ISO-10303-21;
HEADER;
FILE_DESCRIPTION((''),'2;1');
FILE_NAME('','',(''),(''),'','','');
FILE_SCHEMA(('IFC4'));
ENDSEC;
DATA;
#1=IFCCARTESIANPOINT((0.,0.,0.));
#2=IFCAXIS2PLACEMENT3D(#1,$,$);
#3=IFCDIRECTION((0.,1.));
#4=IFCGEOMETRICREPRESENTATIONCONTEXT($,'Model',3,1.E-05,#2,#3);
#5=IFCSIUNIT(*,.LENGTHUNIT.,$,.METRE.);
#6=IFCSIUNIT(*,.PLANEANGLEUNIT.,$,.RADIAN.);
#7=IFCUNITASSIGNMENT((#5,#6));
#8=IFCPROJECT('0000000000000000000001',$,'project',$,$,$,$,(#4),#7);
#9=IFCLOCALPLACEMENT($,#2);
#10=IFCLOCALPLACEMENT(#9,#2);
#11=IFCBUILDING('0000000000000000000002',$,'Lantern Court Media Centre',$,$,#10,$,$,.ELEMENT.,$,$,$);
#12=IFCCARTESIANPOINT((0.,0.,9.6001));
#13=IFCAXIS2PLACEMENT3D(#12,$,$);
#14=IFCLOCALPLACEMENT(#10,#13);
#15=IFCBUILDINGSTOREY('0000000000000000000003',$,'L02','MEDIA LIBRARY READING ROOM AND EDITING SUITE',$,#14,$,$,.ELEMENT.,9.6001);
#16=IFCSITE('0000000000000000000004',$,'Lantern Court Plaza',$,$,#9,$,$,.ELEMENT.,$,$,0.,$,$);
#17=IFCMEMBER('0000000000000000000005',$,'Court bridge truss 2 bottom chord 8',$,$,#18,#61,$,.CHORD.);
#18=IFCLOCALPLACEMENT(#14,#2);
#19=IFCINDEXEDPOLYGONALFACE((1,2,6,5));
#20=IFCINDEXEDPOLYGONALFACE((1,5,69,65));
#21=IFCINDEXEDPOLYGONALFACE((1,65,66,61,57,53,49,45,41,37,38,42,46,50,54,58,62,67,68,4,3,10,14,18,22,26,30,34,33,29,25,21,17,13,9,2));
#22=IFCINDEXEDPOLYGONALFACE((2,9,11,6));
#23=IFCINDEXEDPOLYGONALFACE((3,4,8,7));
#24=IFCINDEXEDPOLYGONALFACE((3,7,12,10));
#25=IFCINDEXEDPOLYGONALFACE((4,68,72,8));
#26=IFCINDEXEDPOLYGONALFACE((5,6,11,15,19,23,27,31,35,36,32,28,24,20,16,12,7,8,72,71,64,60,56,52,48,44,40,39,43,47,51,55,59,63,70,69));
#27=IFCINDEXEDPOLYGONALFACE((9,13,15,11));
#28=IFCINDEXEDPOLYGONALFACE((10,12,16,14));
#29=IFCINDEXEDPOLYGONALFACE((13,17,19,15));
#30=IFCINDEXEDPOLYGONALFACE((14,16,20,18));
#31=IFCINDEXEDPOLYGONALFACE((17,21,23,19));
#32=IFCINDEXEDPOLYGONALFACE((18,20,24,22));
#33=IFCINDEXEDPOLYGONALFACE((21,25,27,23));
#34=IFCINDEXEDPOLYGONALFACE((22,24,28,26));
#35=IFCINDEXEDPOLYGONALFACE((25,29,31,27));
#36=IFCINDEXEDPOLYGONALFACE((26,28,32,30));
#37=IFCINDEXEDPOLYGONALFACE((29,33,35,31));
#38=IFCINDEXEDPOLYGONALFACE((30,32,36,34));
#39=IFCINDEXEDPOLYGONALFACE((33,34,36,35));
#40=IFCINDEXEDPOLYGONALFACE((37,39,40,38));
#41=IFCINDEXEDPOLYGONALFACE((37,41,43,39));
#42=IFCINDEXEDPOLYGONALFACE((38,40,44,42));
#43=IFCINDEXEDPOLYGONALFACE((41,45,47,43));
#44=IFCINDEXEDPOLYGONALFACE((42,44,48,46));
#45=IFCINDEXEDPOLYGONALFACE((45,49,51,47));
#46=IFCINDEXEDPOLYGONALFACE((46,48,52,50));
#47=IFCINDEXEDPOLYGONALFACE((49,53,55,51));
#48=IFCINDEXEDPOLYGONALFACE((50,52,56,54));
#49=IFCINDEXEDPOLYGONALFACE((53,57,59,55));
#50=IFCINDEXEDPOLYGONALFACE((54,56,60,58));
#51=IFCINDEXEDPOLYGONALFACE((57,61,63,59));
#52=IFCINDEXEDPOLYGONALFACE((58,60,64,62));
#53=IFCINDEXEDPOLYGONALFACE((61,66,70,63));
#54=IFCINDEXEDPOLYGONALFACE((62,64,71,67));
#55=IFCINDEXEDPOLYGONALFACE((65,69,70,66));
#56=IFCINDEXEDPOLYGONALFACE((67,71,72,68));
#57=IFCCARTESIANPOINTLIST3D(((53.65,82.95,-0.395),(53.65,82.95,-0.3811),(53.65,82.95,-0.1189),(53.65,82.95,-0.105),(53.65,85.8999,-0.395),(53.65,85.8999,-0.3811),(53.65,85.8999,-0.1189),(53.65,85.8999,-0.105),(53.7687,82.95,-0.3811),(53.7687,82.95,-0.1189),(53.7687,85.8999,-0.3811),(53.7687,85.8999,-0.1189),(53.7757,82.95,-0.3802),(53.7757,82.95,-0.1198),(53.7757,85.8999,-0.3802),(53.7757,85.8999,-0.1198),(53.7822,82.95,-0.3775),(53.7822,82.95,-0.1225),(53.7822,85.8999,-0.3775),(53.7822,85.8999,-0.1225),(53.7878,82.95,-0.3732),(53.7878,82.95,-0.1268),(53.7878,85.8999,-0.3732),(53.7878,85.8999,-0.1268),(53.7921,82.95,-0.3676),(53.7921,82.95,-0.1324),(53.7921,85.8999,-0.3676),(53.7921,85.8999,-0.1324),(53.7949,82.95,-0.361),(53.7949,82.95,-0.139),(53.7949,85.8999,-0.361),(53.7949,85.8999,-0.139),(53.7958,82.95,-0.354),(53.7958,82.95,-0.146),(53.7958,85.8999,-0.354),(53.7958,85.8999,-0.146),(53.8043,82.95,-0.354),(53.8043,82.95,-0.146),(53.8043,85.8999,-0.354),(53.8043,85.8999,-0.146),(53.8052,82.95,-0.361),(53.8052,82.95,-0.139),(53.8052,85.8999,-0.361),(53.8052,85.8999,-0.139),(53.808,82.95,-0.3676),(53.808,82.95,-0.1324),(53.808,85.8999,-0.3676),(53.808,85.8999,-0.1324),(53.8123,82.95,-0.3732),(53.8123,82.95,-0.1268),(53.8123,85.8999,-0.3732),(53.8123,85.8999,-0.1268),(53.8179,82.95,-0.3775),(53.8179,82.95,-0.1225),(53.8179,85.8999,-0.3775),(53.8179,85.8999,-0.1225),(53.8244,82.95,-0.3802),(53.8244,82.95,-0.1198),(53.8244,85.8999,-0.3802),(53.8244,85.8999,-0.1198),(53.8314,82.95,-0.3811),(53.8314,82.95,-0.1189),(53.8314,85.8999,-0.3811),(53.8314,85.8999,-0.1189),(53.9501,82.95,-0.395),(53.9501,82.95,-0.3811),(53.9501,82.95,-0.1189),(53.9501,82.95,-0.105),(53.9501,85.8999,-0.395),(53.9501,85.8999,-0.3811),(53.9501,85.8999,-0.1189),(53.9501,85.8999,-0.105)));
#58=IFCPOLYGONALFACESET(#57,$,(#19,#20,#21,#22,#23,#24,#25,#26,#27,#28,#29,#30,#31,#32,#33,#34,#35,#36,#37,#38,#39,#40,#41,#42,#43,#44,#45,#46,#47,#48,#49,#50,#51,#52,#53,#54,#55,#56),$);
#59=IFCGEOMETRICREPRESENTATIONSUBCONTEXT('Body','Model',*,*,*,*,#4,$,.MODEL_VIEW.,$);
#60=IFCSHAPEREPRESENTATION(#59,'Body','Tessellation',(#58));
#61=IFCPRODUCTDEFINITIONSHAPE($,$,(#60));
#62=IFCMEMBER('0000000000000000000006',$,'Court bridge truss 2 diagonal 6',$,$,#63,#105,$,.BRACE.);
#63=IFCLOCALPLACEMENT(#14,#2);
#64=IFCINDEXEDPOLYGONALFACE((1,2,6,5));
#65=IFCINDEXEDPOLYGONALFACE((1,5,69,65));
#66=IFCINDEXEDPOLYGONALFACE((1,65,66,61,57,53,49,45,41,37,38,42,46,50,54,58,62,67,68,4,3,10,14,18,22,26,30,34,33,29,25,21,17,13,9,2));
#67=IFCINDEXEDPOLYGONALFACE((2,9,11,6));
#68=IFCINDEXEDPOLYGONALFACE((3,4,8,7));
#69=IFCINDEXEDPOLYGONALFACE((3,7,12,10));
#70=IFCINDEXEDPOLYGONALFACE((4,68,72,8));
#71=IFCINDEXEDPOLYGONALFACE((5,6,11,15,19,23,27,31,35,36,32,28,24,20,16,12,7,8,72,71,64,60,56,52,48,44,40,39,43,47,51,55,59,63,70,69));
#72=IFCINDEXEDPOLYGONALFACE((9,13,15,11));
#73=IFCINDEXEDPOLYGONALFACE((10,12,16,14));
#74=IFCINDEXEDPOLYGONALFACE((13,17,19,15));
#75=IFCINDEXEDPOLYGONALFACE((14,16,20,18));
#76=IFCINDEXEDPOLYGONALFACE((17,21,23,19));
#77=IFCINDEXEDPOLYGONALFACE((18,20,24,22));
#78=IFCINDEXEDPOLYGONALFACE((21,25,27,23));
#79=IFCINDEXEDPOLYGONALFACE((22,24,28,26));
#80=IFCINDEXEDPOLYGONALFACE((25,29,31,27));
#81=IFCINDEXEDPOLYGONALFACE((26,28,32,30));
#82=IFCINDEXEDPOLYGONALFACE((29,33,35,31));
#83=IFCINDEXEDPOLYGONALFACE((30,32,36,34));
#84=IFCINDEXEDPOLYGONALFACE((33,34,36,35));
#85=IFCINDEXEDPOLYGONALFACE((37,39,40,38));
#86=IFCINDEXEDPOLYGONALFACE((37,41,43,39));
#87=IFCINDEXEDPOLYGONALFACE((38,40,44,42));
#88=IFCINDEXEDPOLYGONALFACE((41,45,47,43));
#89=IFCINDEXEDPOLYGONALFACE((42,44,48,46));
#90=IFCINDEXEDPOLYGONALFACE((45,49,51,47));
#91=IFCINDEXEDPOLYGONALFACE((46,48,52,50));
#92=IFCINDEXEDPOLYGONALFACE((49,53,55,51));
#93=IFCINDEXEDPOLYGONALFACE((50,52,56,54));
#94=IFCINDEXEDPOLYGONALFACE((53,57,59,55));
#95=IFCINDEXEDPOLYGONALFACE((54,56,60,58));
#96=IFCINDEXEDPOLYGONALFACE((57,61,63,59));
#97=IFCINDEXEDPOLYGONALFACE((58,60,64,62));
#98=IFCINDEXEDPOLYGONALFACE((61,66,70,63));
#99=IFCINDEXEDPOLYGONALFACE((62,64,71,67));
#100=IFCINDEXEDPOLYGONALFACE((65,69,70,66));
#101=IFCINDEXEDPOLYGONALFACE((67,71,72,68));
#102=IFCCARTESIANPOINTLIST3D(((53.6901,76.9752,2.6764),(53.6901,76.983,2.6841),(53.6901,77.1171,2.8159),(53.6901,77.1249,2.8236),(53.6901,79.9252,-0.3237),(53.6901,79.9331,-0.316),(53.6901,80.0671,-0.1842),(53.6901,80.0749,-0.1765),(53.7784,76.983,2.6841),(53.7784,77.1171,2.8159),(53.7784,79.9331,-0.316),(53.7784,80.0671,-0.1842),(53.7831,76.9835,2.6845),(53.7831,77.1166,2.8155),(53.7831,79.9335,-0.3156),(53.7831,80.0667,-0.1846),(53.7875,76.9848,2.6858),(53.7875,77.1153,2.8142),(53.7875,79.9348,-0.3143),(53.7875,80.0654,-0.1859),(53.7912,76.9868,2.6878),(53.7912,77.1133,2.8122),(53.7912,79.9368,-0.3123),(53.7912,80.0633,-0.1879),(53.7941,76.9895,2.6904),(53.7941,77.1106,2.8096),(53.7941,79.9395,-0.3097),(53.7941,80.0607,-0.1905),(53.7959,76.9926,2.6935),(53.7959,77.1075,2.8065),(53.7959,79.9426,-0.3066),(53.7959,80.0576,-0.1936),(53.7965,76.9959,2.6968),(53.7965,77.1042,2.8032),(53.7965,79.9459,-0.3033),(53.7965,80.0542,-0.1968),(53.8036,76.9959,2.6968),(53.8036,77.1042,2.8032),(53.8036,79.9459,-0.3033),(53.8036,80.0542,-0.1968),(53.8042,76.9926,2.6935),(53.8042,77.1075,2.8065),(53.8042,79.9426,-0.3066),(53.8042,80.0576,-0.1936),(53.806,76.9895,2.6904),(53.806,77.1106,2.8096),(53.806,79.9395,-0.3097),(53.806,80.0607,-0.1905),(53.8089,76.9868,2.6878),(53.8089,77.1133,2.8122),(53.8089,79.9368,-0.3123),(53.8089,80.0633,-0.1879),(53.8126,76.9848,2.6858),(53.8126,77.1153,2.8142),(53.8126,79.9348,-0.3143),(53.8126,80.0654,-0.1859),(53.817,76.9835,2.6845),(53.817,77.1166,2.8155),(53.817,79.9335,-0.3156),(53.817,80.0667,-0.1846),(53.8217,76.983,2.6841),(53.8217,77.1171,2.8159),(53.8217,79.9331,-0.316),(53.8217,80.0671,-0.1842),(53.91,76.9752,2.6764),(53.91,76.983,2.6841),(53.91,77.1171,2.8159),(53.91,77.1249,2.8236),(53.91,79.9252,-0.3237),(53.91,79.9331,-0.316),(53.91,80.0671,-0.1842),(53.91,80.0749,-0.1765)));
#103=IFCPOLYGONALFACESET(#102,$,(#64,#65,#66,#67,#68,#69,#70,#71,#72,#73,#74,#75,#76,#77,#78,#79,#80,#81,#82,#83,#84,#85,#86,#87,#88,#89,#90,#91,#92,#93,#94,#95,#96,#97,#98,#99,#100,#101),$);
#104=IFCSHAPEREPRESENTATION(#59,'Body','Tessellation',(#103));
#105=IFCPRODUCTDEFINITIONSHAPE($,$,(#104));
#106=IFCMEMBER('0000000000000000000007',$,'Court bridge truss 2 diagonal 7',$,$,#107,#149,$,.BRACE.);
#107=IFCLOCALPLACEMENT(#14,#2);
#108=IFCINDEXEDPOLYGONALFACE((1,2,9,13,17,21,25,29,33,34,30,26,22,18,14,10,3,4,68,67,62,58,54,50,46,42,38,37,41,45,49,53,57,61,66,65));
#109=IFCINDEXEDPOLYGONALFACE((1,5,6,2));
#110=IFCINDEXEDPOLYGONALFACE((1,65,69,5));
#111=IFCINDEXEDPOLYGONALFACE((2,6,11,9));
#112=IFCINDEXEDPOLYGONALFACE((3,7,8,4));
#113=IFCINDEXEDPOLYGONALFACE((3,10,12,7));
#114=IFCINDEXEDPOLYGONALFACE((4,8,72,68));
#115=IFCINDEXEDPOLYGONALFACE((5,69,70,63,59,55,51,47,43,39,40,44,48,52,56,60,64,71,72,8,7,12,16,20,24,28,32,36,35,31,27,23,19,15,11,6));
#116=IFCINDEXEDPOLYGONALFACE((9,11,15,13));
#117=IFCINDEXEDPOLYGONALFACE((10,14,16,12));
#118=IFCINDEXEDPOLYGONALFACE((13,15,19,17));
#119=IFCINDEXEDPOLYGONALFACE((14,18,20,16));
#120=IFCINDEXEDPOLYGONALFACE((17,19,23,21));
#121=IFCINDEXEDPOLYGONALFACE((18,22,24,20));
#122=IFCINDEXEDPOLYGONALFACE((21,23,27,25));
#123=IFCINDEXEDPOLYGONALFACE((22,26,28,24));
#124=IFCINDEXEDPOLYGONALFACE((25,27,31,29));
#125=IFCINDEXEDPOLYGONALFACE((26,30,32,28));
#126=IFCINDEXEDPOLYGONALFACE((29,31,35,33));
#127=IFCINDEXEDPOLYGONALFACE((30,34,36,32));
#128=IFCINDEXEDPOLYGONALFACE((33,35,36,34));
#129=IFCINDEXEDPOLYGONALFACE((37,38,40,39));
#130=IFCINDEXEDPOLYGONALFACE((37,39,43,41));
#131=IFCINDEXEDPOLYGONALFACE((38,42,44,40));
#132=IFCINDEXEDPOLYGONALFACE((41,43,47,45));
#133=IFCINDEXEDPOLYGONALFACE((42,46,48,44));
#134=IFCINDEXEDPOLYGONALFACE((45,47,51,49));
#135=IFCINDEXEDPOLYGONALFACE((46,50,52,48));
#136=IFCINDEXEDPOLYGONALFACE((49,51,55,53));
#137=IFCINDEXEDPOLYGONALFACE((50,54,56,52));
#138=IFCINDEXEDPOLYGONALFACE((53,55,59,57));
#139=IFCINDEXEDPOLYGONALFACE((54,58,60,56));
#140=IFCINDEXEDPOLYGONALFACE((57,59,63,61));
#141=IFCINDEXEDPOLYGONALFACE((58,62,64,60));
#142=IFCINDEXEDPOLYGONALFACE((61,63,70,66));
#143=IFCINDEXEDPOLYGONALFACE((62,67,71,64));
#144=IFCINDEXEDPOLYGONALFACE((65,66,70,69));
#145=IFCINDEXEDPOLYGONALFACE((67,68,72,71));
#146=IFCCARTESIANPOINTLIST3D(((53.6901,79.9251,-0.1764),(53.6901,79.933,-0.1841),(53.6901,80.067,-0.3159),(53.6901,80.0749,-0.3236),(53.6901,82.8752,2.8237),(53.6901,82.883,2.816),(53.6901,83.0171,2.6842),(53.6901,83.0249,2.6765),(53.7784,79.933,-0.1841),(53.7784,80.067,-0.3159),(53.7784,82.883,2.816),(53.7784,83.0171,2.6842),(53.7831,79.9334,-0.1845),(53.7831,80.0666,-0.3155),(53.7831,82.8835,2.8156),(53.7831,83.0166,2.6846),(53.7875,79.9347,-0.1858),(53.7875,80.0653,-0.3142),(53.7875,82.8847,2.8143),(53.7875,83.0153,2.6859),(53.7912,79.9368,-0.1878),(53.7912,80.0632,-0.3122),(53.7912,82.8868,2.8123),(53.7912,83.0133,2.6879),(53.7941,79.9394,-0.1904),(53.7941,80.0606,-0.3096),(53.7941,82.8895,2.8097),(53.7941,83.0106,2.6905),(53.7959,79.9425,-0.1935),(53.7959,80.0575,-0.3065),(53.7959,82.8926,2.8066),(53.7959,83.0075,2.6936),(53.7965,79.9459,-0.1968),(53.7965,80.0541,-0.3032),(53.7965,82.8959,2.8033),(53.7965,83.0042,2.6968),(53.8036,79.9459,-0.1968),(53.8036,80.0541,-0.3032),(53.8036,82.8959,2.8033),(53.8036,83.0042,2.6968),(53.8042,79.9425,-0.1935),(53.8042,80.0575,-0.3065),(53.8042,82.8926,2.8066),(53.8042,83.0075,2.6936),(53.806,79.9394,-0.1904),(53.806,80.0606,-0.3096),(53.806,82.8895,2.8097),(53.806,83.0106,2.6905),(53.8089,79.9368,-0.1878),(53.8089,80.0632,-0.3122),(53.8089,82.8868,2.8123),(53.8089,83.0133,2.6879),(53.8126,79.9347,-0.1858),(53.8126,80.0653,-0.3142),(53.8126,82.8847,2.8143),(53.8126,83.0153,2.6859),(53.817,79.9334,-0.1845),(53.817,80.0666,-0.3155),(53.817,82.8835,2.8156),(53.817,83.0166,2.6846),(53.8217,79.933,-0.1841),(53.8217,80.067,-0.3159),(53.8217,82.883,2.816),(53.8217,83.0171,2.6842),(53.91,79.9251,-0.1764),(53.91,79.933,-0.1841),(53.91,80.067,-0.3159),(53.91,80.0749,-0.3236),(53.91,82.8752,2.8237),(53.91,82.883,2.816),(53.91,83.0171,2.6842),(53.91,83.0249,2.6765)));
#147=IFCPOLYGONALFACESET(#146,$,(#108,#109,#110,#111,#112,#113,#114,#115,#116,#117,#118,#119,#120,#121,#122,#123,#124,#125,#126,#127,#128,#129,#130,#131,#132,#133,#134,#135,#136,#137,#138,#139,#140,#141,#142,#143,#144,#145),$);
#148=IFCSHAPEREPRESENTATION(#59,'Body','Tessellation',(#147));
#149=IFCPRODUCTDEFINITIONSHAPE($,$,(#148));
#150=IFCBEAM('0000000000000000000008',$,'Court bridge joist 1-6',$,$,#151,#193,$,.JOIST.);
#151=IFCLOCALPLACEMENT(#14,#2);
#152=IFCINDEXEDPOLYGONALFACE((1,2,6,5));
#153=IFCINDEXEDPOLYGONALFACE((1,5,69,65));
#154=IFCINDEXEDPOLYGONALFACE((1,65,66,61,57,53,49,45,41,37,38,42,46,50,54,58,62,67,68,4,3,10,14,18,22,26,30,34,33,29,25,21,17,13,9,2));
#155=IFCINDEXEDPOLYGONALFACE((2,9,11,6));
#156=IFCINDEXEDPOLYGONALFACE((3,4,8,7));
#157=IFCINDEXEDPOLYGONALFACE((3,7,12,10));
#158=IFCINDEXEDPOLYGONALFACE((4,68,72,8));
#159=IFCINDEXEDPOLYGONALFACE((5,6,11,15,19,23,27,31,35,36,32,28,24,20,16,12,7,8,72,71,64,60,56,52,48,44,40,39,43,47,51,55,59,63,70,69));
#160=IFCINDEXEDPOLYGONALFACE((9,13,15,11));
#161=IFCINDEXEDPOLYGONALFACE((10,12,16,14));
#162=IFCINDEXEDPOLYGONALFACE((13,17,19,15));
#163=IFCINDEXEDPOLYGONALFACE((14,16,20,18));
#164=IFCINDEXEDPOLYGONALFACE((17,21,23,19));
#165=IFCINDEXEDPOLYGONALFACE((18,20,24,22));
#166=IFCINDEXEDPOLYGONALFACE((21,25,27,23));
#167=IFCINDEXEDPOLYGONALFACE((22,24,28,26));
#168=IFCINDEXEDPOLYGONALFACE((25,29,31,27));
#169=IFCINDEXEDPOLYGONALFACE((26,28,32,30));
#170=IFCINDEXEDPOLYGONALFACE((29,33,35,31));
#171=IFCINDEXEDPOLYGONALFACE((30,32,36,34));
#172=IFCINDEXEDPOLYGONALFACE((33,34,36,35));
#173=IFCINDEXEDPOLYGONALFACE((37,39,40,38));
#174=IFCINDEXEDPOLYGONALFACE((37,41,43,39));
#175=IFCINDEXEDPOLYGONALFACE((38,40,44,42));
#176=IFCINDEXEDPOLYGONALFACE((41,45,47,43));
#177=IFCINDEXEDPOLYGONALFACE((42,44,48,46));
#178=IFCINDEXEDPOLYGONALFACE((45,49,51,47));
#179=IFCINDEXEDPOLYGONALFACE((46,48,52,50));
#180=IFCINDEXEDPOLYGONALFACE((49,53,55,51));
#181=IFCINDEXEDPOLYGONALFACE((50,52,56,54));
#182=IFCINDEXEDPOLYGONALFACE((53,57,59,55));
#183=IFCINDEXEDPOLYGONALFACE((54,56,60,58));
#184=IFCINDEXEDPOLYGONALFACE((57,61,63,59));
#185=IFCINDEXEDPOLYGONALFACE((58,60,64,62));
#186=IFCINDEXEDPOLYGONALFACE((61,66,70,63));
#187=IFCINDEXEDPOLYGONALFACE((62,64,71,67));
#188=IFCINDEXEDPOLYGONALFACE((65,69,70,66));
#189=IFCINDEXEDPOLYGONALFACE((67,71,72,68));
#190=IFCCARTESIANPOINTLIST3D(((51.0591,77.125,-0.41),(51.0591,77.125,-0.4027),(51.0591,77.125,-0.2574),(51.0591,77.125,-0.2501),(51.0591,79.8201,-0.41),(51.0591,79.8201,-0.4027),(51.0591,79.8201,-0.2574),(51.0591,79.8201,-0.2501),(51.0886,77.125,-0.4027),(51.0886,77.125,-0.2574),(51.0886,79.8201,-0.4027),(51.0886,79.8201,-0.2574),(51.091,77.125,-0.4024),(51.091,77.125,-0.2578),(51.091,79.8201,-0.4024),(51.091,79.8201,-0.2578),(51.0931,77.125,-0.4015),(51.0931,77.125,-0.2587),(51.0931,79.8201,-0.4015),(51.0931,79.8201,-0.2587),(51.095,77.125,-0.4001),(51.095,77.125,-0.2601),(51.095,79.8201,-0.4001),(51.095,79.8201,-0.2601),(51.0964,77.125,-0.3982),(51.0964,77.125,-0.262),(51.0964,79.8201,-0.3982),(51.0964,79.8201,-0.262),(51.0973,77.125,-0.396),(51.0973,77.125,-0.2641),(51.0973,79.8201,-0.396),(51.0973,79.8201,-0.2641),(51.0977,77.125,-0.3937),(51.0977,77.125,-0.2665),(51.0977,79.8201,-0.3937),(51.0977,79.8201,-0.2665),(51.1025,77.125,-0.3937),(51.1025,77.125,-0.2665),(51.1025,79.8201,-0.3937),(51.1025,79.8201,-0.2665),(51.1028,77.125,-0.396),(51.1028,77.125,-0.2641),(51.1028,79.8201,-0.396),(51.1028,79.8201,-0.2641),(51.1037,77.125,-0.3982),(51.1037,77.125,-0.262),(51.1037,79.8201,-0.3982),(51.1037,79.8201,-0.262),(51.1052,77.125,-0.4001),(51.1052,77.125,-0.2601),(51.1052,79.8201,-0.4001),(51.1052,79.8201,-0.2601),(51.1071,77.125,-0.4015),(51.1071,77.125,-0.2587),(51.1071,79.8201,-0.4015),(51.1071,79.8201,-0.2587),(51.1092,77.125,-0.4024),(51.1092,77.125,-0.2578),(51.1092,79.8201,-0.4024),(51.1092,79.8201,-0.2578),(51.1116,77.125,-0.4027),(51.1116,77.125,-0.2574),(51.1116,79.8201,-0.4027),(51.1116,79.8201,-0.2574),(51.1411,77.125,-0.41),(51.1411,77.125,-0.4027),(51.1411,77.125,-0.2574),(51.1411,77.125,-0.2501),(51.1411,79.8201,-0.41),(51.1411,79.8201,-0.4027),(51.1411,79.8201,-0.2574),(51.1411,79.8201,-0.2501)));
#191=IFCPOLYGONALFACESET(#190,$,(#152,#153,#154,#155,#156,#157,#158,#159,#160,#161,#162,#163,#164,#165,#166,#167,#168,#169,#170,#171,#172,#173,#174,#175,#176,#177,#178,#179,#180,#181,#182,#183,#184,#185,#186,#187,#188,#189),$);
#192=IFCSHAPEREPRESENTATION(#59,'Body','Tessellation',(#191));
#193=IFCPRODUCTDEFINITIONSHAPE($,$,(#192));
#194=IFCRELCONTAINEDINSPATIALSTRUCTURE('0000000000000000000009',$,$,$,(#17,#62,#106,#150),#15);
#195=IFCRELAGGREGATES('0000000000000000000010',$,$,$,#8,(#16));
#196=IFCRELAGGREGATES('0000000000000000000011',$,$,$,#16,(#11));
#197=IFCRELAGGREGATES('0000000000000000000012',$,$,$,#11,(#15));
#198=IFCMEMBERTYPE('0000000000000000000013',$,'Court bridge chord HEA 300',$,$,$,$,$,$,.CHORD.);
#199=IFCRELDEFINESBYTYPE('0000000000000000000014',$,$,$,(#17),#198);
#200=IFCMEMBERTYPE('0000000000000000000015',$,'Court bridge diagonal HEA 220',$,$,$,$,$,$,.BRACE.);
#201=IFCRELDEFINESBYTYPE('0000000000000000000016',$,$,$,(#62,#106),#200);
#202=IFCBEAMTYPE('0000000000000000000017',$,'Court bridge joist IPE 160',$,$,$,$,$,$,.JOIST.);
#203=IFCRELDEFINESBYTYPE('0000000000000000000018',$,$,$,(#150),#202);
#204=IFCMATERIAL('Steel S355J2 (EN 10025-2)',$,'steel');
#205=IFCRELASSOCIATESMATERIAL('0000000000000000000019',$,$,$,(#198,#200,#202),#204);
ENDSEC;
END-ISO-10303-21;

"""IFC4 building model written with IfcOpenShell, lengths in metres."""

from ifc_helpers import new_model, si_unit, direction, frame, origin, origin_2d, place, context, subcontext, project, spatial, i_section, extrude, material, material_profile, profile_set, type_object, element, save


model = new_model("IFC4")

# Units and contexts
model_context = context("Model", 3, precision=1e-05, world=origin(), true_north=direction((0.0, 1.0)))
body_context = subcontext(model_context, "Body", "Model", "MODEL_VIEW")
ifc_project = project(units=[si_unit("LENGTHUNIT", "METRE"), si_unit("PLANEANGLEUNIT", "RADIAN")], contexts=[model_context])

# Site, building, storey
site_placement = place(None, origin())
site = spatial("IfcSite", under=ifc_project, at=site_placement, Name="Lantern Court Plaza", CompositionType="ELEMENT", RefElevation=0.0)
building_placement = place(site_placement, origin())
building = spatial("IfcBuilding", under=site, at=building_placement, Name="Lantern Court Media Centre", CompositionType="ELEMENT")
storey_placement = place(building_placement, frame((0.0, 0.0, 9.6001)))
storey = spatial("IfcBuildingStorey", under=building, at=storey_placement, Name="L02", Description="MEDIA LIBRARY READING ROOM AND EDITING SUITE", CompositionType="ELEMENT", Elevation=9.6001)

# Members
ifc_material_1 = material(Name="Steel S355J2 (EN 10025-2)", Category="steel")
ifc_material_profile_1 = material_profile(ifc_material_1, i_section(OverallWidth=0.3, OverallDepth=0.29, WebThickness=0.0085, FlangeThickness=0.0139, FilletRadius=0.0271, at=origin_2d()), Name="HEA 300")
ifc_profile_set_1 = profile_set([ifc_material_profile_1], Name="Steel S355J2 (EN 10025-2)")
member_type_1 = type_object("IfcMemberType", Name="Court bridge chord HEA 300", PredefinedType="CHORD", material=ifc_profile_set_1)
member_placement = place(storey_placement, frame((53.8, 82.95, -0.25), z_axis=(0.0, 1.0, 0.0), x_axis=(-1.0, 0.0, 0.0)))
element("IfcMember", 1, at=member_placement, inside=storey, type_object=member_type_1, Name="Court bridge truss 2 bottom chord 8", PredefinedType="CHORD", context=body_context, shape_type="SweptSolid", body=[
    extrude(i_section(OverallWidth=0.3, OverallDepth=0.29, WebThickness=0.0085, FlangeThickness=0.0139, FilletRadius=0.0271, at=origin_2d()), origin(), (0.0, 0.0, 1.0), 2.95),
])
ifc_material_profile_2 = material_profile(ifc_material_1, i_section(OverallWidth=0.22, OverallDepth=0.21, WebThickness=0.0071, FlangeThickness=0.011, FilletRadius=0.0181, at=origin_2d()), Name="HEA 220")
ifc_profile_set_2 = profile_set([ifc_material_profile_2], Name="Steel S355J2 (EN 10025-2)")
member_type_2 = type_object("IfcMemberType", Name="Court bridge diagonal HEA 220", PredefinedType="BRACE", material=ifc_profile_set_2)
for number, where, z_axis, x_axis, name in (
    (2, (53.8, 77.05, 2.75), (0.0, 0.701134, -0.713029), (-1.0, 0.0, 0.0), "Court bridge truss 2 diagonal 6"),
    (3, (53.8, 80.0, -0.25), (0.0, 0.701134, 0.713029), (-1.0, 0.0, 0.0), "Court bridge truss 2 diagonal 7"),
):
    element("IfcMember", number, at=place(storey_placement, frame(where, z_axis=z_axis, x_axis=x_axis)), inside=storey, type_object=member_type_2, Name=name, PredefinedType="BRACE", context=body_context, shape_type="SweptSolid", body=[
        extrude(i_section(OverallWidth=0.22, OverallDepth=0.21, WebThickness=0.0071, FlangeThickness=0.011, FilletRadius=0.0181, at=origin_2d()), origin(), (0.0, 0.0, 1.0), 4.2075),
    ])

# Beam
ifc_material_profile_3 = material_profile(ifc_material_1, i_section(OverallWidth=0.082, OverallDepth=0.1599, WebThickness=0.0049, FlangeThickness=0.0073, FilletRadius=0.009, at=origin_2d()), Name="IPE 160")
ifc_profile_set_3 = profile_set([ifc_material_profile_3], Name="Steel S355J2 (EN 10025-2)")
beam_type_1 = type_object("IfcBeamType", Name="Court bridge joist IPE 160", PredefinedType="JOIST", material=ifc_profile_set_3)
for number, where, z_axis, x_axis, name in (
    (4, (51.1001, 77.125, -0.3301), (0.0, 1.0, 0.0), (-1.0, 0.0, 0.0), "Court bridge joist 1-6"),
):
    element("IfcBeam", number, at=place(storey_placement, frame(where, z_axis=z_axis, x_axis=x_axis)), inside=storey, type_object=beam_type_1, Name=name, PredefinedType="JOIST", context=body_context, shape_type="SweptSolid", body=[
        extrude(i_section(OverallWidth=0.082, OverallDepth=0.1599, WebThickness=0.0049, FlangeThickness=0.0073, FilletRadius=0.009, at=origin_2d()), origin(), (0.0, 0.0, 1.0), 2.6951),
    ])

save(model, "model.ifc")
